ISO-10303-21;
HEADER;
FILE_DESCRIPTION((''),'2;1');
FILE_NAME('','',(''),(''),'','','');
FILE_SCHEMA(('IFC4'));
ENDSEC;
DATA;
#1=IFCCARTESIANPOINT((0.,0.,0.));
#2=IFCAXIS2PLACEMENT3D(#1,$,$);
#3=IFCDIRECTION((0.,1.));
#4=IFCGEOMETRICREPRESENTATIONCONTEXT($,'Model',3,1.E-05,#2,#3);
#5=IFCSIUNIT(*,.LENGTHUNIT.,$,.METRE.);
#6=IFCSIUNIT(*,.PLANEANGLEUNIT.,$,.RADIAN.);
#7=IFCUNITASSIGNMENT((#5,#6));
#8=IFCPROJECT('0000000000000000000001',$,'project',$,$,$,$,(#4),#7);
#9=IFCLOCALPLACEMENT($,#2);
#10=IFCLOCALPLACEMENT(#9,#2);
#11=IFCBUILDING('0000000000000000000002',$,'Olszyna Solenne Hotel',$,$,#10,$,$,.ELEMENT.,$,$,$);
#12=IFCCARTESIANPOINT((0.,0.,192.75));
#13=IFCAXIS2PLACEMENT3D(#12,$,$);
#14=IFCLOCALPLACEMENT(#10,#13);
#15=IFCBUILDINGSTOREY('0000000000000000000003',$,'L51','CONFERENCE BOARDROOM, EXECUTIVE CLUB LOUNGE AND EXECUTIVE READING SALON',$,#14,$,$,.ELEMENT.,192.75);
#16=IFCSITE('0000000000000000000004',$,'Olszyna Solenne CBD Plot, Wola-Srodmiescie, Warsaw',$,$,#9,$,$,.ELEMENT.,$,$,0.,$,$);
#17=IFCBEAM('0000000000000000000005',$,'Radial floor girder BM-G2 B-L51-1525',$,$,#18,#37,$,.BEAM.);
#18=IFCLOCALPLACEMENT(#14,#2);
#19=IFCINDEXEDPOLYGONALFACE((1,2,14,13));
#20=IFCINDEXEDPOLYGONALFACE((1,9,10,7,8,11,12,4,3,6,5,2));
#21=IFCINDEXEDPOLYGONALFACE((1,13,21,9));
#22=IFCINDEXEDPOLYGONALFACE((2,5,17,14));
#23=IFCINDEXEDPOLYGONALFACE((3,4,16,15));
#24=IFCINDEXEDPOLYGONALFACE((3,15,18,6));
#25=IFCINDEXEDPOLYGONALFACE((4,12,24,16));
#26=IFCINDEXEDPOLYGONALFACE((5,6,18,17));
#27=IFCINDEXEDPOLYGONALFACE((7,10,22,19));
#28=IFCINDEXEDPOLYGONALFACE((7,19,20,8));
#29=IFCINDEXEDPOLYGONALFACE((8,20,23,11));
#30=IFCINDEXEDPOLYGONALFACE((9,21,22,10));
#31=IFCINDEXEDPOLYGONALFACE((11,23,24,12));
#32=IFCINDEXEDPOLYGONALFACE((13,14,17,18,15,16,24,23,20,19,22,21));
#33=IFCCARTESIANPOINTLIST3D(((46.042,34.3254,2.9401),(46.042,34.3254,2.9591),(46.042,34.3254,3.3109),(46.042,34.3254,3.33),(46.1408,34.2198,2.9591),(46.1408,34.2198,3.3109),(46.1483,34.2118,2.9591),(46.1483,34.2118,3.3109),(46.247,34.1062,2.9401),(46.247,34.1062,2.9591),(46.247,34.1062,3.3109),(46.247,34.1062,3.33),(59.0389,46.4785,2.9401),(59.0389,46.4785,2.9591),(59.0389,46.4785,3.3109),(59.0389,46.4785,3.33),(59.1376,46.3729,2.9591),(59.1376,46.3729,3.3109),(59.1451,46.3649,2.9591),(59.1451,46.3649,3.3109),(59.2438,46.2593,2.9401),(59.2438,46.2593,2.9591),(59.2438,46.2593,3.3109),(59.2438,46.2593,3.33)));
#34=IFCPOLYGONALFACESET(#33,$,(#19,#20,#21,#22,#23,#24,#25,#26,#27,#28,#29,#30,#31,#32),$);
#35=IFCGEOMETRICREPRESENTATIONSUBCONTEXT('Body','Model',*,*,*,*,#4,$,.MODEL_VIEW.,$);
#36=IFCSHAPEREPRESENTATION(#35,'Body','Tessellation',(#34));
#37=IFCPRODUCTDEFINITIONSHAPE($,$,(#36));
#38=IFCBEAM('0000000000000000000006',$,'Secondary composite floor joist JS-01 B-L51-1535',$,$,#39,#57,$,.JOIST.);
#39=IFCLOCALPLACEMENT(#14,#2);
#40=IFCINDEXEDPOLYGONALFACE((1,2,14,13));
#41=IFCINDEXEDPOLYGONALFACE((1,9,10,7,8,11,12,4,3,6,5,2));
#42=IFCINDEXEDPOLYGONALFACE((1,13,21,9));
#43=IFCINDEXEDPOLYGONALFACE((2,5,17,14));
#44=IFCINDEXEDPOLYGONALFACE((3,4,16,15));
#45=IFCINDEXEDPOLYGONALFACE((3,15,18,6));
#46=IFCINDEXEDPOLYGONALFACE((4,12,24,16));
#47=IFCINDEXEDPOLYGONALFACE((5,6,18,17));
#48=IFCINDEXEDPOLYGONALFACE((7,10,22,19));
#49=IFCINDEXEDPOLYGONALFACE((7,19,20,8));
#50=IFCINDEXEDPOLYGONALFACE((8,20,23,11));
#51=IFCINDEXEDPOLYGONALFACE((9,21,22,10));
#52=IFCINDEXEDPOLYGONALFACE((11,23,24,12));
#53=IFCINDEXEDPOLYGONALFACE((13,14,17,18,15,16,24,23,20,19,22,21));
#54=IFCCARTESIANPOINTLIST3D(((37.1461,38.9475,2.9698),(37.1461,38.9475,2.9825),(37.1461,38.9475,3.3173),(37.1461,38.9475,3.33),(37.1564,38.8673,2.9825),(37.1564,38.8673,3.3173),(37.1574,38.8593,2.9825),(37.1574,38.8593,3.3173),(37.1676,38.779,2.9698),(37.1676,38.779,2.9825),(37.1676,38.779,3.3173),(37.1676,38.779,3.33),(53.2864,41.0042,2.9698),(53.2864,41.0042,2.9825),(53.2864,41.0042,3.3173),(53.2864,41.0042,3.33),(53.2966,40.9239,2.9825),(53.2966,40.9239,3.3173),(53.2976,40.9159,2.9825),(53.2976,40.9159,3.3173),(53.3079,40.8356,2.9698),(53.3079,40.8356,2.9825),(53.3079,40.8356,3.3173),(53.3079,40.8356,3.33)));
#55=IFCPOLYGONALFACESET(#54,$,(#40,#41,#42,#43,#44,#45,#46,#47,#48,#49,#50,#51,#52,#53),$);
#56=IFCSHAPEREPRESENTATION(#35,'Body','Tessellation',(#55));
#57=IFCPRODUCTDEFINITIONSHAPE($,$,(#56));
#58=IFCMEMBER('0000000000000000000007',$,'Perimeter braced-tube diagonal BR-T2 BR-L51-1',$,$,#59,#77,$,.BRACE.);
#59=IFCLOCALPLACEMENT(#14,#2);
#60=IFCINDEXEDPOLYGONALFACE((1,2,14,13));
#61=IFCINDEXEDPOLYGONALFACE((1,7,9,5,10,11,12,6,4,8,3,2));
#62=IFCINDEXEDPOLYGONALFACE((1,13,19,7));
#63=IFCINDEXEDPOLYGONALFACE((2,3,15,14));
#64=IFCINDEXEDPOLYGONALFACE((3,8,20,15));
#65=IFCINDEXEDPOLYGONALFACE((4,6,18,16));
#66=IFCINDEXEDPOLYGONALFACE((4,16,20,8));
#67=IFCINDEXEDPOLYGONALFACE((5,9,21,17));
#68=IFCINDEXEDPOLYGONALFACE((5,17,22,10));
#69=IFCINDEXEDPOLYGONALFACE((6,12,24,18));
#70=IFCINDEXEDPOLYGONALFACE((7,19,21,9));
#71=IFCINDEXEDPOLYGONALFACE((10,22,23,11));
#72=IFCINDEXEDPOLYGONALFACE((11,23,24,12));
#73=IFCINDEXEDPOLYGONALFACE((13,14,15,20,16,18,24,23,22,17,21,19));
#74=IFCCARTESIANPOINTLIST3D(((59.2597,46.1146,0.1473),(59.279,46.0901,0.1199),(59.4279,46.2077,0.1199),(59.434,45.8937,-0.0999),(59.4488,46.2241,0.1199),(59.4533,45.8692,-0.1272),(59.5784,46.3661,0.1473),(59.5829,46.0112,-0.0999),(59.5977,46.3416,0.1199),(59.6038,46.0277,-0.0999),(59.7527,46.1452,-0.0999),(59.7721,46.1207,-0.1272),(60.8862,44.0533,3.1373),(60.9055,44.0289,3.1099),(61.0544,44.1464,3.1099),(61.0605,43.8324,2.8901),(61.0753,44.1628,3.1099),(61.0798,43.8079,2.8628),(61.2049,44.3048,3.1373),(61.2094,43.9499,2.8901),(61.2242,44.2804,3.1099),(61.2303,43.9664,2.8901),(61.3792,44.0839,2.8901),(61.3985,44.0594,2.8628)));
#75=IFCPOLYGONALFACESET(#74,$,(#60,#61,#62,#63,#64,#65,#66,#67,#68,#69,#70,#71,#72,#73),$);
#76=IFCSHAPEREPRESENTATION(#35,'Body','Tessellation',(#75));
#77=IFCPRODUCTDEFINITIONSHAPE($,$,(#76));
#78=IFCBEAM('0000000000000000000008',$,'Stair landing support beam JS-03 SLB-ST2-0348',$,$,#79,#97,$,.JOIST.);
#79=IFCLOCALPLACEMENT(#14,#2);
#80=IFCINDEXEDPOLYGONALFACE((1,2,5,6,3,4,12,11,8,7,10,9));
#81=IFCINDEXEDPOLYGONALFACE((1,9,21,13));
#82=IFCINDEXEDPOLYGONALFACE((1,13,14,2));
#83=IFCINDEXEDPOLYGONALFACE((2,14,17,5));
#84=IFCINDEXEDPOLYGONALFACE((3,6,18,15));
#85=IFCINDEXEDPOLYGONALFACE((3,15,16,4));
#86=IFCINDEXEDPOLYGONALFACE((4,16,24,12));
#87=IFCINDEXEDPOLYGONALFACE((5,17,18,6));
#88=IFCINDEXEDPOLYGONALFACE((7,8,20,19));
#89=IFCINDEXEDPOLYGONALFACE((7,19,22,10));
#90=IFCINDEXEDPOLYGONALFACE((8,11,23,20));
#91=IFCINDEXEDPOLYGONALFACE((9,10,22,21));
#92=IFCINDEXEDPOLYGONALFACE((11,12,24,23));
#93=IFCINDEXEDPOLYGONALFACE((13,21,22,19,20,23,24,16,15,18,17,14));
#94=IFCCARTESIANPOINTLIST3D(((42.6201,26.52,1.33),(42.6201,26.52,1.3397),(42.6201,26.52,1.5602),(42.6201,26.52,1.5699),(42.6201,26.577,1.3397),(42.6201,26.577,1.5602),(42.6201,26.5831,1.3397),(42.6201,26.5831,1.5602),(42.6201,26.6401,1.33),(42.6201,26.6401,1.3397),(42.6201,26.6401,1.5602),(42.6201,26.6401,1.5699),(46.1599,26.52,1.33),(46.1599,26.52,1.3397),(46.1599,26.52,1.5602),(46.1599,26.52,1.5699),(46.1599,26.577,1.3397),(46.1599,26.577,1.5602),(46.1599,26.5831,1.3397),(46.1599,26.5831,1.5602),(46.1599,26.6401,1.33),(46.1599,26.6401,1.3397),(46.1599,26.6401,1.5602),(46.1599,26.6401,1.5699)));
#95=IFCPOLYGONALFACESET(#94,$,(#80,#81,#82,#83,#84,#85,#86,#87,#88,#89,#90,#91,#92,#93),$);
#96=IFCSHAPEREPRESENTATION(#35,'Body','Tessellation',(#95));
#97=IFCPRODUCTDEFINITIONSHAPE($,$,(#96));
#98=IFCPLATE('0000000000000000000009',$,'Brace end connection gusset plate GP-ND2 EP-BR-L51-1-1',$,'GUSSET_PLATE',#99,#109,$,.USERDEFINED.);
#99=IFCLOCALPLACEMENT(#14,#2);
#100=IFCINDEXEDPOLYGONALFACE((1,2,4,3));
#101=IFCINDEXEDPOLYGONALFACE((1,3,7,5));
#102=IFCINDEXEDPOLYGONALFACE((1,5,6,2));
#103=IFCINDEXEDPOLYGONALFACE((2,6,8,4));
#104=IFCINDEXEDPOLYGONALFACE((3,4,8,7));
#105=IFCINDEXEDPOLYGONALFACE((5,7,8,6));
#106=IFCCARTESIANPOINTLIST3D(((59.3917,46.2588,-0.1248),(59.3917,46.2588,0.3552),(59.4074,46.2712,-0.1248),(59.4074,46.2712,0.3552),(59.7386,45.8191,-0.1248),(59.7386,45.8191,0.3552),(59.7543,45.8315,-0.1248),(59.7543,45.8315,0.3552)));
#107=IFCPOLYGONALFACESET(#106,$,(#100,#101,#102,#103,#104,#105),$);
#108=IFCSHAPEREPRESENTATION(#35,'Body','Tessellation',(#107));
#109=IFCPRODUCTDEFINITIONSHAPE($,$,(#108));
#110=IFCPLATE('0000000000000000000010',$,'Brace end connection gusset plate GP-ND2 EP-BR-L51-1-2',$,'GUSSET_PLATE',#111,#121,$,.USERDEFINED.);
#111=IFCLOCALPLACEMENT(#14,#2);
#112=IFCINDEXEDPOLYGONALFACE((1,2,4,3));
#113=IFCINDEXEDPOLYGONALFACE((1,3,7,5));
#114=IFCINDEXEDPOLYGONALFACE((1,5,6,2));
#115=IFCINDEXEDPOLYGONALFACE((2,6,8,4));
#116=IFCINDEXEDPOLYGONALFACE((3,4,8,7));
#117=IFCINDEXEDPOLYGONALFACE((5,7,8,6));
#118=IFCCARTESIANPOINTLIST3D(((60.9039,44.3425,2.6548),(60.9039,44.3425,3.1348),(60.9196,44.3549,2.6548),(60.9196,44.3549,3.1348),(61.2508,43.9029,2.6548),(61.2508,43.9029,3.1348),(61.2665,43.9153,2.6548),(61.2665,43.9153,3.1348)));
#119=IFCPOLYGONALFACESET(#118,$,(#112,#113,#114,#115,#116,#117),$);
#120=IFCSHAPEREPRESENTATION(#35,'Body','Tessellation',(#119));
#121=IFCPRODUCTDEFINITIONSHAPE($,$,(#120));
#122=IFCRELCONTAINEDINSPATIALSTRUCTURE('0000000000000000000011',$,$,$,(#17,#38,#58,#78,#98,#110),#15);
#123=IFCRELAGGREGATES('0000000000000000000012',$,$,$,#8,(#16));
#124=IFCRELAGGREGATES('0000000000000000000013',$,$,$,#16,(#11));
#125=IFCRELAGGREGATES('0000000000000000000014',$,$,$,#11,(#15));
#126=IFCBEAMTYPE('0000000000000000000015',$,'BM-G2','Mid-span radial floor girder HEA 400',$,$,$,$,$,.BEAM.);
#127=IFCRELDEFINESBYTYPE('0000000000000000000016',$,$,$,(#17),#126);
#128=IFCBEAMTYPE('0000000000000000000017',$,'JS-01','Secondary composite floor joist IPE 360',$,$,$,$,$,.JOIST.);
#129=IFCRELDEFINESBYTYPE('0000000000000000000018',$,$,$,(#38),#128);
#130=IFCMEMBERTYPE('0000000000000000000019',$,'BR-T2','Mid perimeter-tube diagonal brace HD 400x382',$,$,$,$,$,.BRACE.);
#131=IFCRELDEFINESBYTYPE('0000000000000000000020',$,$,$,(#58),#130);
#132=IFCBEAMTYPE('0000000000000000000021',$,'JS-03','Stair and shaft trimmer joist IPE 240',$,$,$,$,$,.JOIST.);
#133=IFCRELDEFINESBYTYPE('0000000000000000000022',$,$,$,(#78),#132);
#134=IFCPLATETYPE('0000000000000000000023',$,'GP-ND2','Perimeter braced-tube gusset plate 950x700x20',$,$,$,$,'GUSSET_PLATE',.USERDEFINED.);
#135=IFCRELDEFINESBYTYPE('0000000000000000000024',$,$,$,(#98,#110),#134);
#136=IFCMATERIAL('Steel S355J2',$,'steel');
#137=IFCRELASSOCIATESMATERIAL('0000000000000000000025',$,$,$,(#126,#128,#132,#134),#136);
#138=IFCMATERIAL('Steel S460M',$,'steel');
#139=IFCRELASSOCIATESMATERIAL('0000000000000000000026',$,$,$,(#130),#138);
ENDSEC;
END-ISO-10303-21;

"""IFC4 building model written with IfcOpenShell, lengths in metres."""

from ifc_helpers import new_model, si_unit, direction, frame, origin, origin_2d, place, context, subcontext, project, spatial, rectangle, i_section, extrude, source, transform, mapped, material, material_profile, profile_set, type_object, element, save


model = new_model("IFC4")

# Units and contexts
model_context = context("Model", 3, precision=1e-05, world=origin(), true_north=direction((0.0, 1.0)))
body_context = subcontext(model_context, "Body", "Model", "MODEL_VIEW")
ifc_project = project(units=[si_unit("LENGTHUNIT", "METRE"), si_unit("PLANEANGLEUNIT", "RADIAN")], contexts=[model_context])

# Site, building, storey
site_placement = place(None, origin())
site = spatial("IfcSite", under=ifc_project, at=site_placement, Name="Olszyna Solenne CBD Plot, Wola-Srodmiescie, Warsaw", CompositionType="ELEMENT", RefElevation=0.0)
building_placement = place(site_placement, origin())
building = spatial("IfcBuilding", under=site, at=building_placement, Name="Olszyna Solenne Hotel", CompositionType="ELEMENT")
storey_placement = place(building_placement, frame((0.0, 0.0, 192.75)))
storey = spatial("IfcBuildingStorey", under=building, at=storey_placement, Name="L51", Description="CONFERENCE BOARDROOM, EXECUTIVE CLUB LOUNGE AND EXECUTIVE READING SALON", CompositionType="ELEMENT", Elevation=192.75)

# Shared definitions
ifc_material_1 = material(Name="Steel S460M", Category="steel")

# Beams
ifc_material_2 = material(Name="Steel S355J2", Category="steel")
ifc_material_profile_1 = material_profile(ifc_material_2, i_section(OverallWidth=0.3, OverallDepth=0.3899, WebThickness=0.011, FlangeThickness=0.019, at=origin_2d()), Name="HEA 400", Category="load-bearing")
ifc_profile_set_1 = profile_set([ifc_material_profile_1], Name="Steel S355J2")
beam_type_1 = type_object("IfcBeamType", Name="BM-G2", Description="Mid-span radial floor girder HEA 400", PredefinedType="BEAM", material=ifc_profile_set_1)
shared_shape_1 = source(origin(), body_context, "Body", "SweptSolid", [
    extrude(i_section(OverallWidth=0.3, OverallDepth=0.3899, WebThickness=0.011, FlangeThickness=0.019, at=origin_2d()), origin(), (0.0, 0.0, 1.0), 17.7937),
])
beam_1_placement = place(storey_placement, frame((59.1414, 46.3689, 3.135), z_axis=(-0.730418, -0.683, 0.0), x_axis=(0.683, -0.730418, 0.0)))
element("IfcBeam", 1, at=beam_1_placement, inside=storey, type_object=beam_type_1, Name="Radial floor girder BM-G2 B-L51-1525", PredefinedType="BEAM", context=body_context, shape_type="MappedRepresentation", body=[
    mapped(shared_shape_1, transform((0.0, 0.0, 0.0), x_axis=(1.0, 0.0, 0.0), y_axis=(0.0, 1.0, 0.0), z_axis=(0.0, 0.0, 1.0), scale=1.0)),
])
ifc_material_profile_2 = material_profile(ifc_material_2, i_section(OverallWidth=0.1699, OverallDepth=0.3601, WebThickness=0.0081, FlangeThickness=0.0127, at=origin_2d()), Name="IPE 360", Category="load-bearing")
ifc_profile_set_2 = profile_set([ifc_material_profile_2], Name="Steel S355J2")
beam_type_2 = type_object("IfcBeamType", Name="JS-01", Description="Secondary composite floor joist IPE 360", PredefinedType="JOIST", material=ifc_profile_set_2)
shared_shape_2 = source(origin(), body_context, "Body", "SweptSolid", [
    extrude(i_section(OverallWidth=0.1699, OverallDepth=0.3601, WebThickness=0.0081, FlangeThickness=0.0127, at=origin_2d()), origin(), (0.0, 0.0, 1.0), 16.2708),
])
beam_2_placement = place(storey_placement, frame((53.2971, 40.9199, 3.1499), z_axis=(-0.991979, -0.126402, 0.0), x_axis=(0.126402, -0.991979, 0.0)))
element("IfcBeam", 2, at=beam_2_placement, inside=storey, type_object=beam_type_2, Name="Secondary composite floor joist JS-01 B-L51-1535", PredefinedType="JOIST", context=body_context, shape_type="MappedRepresentation", body=[
    mapped(shared_shape_2, transform((0.0, 0.0, 0.0), x_axis=(1.0, 0.0, 0.0), y_axis=(0.0, 1.0, 0.0), z_axis=(0.0, 0.0, 1.0), scale=1.0)),
])

# Member
ifc_material_profile_3 = material_profile(ifc_material_1, i_section(OverallWidth=0.406, OverallDepth=0.416, WebThickness=0.0266, FlangeThickness=0.0415, at=origin_2d()), Name="HD 400x382", Category="load-bearing")
ifc_profile_set_3 = profile_set([ifc_material_profile_3], Name="Steel S460M")
member_type = type_object("IfcMemberType", Name="BR-T2", Description="Mid perimeter-tube diagonal brace HD 400x382", PredefinedType="BRACE", material=ifc_profile_set_3)
shared_shape_3 = source(origin(), body_context, "Body", "SweptSolid", [
    extrude(i_section(OverallWidth=0.406, OverallDepth=0.416, WebThickness=0.0266, FlangeThickness=0.0415, at=origin_2d()), origin(), (0.0, 0.0, 1.0), 3.9792),
])
member_placement = place(storey_placement, frame((59.5159, 46.1177, 0.01), z_axis=(0.408738, -0.518009, 0.751398), x_axis=(0.785042, 0.619442, 0.0)))
element("IfcMember", 3, at=member_placement, inside=storey, type_object=member_type, Name="Perimeter braced-tube diagonal BR-T2 BR-L51-1", PredefinedType="BRACE", context=body_context, shape_type="MappedRepresentation", body=[
    mapped(shared_shape_3, transform((0.0, 0.0, 0.0), x_axis=(1.0, 0.0, 0.0), y_axis=(0.0, 1.0, 0.0), z_axis=(0.0, 0.0, 1.0), scale=1.0)),
])

# Beam
ifc_material_profile_4 = material_profile(ifc_material_2, i_section(OverallWidth=0.1201, OverallDepth=0.24, WebThickness=0.0061, FlangeThickness=0.0098, at=origin_2d()), Name="IPE 240", Category="load-bearing")
ifc_profile_set_4 = profile_set([ifc_material_profile_4], Name="Steel S355J2")
beam_type_3 = type_object("IfcBeamType", Name="JS-03", Description="Stair and shaft trimmer joist IPE 240", PredefinedType="JOIST", material=ifc_profile_set_4)
shared_shape_4 = source(origin(), body_context, "Body", "SweptSolid", [
    extrude(i_section(OverallWidth=0.1201, OverallDepth=0.24, WebThickness=0.0061, FlangeThickness=0.0098, at=origin_2d()), origin(), (0.0, 0.0, 1.0), 3.5398),
])
beam_3_placement = place(storey_placement, frame((46.1599, 26.5801, 1.45), z_axis=(-1.0, 0.0, 0.0), x_axis=(0.0, -1.0, 0.0)))
element("IfcBeam", 4, at=beam_3_placement, inside=storey, type_object=beam_type_3, Name="Stair landing support beam JS-03 SLB-ST2-0348", PredefinedType="JOIST", context=body_context, shape_type="MappedRepresentation", body=[
    mapped(shared_shape_4, transform((0.0, 0.0, 0.0), x_axis=(1.0, 0.0, 0.0), y_axis=(0.0, 1.0, 0.0), z_axis=(0.0, 0.0, 1.0), scale=1.0)),
])

# Plates
plate_type = type_object("IfcPlateType", Name="GP-ND2", Description="Perimeter braced-tube gusset plate 950x700x20", ElementType="GUSSET_PLATE", PredefinedType="USERDEFINED", material=ifc_material_2)
shared_shape_5 = source(origin(), body_context, "Body", "SweptSolid", [
    extrude(rectangle(XDim=0.5601, YDim=0.02, at=origin_2d()), origin(), (0.0, 0.0, 1.0), 0.48),
])
for number, where, z_axis, x_axis, name in (
    (5, (59.573, 46.0452, -0.1248), (0.0, 0.0, 1.0), (0.619505, -0.784993, 0.0), "Brace end connection gusset plate GP-ND2 EP-BR-L51-1-1"),
    (6, (61.0852, 44.1289, 2.6548), (0.0, 0.0, 1.0), (0.619505, -0.784993, 0.0), "Brace end connection gusset plate GP-ND2 EP-BR-L51-1-2"),
):
    element("IfcPlate", number, at=place(storey_placement, frame(where, z_axis=z_axis, x_axis=x_axis)), inside=storey, type_object=plate_type, Name=name, ObjectType="GUSSET_PLATE", PredefinedType="USERDEFINED", context=body_context, shape_type="MappedRepresentation", body=[
        mapped(shared_shape_5, transform((0.0, 0.0, 0.0), x_axis=(1.0, 0.0, 0.0), y_axis=(0.0, 1.0, 0.0), z_axis=(0.0, 0.0, 1.0), scale=1.0)),
    ])

save(model, "model.ifc")
